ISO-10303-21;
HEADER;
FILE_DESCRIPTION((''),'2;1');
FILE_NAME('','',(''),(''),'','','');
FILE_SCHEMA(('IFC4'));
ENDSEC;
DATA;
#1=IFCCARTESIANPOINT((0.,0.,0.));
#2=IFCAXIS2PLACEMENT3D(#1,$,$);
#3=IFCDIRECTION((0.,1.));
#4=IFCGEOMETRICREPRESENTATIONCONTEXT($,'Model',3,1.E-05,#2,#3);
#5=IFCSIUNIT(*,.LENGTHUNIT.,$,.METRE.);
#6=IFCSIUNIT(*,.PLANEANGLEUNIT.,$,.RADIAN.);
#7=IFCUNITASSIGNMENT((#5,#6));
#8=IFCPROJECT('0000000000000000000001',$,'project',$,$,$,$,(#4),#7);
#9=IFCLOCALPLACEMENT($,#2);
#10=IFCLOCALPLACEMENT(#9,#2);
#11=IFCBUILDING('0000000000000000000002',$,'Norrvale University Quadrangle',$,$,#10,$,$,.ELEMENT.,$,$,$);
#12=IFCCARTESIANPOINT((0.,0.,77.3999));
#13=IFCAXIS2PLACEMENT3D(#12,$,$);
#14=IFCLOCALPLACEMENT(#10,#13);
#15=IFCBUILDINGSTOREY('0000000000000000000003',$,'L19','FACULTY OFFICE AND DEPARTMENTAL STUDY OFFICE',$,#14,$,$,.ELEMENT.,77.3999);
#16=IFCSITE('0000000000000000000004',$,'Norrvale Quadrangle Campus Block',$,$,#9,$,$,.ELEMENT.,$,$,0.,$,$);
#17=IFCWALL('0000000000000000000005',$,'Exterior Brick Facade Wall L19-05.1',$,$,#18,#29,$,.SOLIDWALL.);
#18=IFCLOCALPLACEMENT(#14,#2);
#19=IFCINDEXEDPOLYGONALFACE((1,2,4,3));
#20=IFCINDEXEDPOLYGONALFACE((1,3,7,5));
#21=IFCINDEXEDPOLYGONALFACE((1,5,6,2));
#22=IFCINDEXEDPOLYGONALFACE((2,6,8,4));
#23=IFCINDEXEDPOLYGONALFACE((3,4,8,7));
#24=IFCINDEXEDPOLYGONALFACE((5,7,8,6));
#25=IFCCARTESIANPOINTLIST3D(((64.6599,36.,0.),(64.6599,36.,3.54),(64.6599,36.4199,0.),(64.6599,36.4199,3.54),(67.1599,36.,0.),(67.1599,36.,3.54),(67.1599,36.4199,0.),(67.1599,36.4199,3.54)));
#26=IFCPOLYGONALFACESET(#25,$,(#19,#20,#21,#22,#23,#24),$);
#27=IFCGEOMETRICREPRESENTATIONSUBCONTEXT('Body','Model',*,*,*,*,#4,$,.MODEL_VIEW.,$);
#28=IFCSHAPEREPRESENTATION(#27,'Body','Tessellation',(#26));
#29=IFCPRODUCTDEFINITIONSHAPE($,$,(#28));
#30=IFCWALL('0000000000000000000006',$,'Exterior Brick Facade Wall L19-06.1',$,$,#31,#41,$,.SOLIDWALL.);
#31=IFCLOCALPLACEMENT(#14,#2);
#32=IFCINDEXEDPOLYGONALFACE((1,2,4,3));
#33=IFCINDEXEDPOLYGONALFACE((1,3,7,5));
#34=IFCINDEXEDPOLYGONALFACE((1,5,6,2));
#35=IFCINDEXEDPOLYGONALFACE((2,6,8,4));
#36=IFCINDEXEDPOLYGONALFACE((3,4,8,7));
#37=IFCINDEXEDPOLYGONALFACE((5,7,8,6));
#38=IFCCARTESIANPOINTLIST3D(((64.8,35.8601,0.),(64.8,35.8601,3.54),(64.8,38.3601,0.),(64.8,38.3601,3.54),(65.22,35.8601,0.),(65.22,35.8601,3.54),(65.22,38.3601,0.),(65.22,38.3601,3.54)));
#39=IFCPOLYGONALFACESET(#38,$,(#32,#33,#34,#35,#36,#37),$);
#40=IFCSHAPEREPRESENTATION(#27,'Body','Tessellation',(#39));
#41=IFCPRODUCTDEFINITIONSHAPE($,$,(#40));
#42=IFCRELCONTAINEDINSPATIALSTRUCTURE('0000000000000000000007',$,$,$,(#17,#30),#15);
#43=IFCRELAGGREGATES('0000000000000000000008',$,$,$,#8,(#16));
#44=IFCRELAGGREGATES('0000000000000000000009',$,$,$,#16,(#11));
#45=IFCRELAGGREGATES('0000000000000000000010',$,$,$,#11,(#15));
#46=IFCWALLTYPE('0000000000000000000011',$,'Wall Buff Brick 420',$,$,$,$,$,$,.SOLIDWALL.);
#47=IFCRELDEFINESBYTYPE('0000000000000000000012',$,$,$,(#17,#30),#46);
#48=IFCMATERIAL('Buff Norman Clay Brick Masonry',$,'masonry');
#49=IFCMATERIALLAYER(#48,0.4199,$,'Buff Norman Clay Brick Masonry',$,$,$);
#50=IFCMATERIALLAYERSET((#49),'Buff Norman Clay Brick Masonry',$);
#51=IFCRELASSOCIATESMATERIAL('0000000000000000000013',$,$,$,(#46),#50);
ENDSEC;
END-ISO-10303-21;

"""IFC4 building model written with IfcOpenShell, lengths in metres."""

from ifc_helpers import new_model, si_unit, direction, frame, frame_2d, origin, place, context, subcontext, project, spatial, rectangle, extrude, material, layer, layer_set, type_object, element, save


model = new_model("IFC4")

# Units and contexts
model_context = context("Model", 3, precision=1e-05, world=origin(), true_north=direction((0.0, 1.0)))
body_context = subcontext(model_context, "Body", "Model", "MODEL_VIEW")
ifc_project = project(units=[si_unit("LENGTHUNIT", "METRE"), si_unit("PLANEANGLEUNIT", "RADIAN")], contexts=[model_context])

# Site, building, storey
site_placement = place(None, origin())
site = spatial("IfcSite", under=ifc_project, at=site_placement, Name="Norrvale Quadrangle Campus Block", CompositionType="ELEMENT", RefElevation=0.0)
building_placement = place(site_placement, origin())
building = spatial("IfcBuilding", under=site, at=building_placement, Name="Norrvale University Quadrangle", CompositionType="ELEMENT")
storey_placement = place(building_placement, frame((0.0, 0.0, 77.3999)))
storey = spatial("IfcBuildingStorey", under=building, at=storey_placement, Name="L19", Description="FACULTY OFFICE AND DEPARTMENTAL STUDY OFFICE", CompositionType="ELEMENT", Elevation=77.3999)

# Walls
ifc_material_1 = material(Name="Buff Norman Clay Brick Masonry", Category="masonry")
ifc_layer = layer(ifc_material_1, 0.4199, Name="Buff Norman Clay Brick Masonry")
ifc_layer_set = layer_set([ifc_layer], Name="Buff Norman Clay Brick Masonry")
wall_type = type_object("IfcWallType", Name="Wall Buff Brick 420", PredefinedType="SOLIDWALL", material=ifc_layer_set)
for number, where, z_axis, x_axis, name in (
    (1, (67.1599, 36.21, 0.0), (0.0, 0.0, 1.0), (-1.0, 0.0, 0.0), "Exterior Brick Facade Wall L19-05.1"),
    (2, (65.01, 35.8601, 0.0), (0.0, 0.0, 1.0), (0.0, 1.0, 0.0), "Exterior Brick Facade Wall L19-06.1"),
):
    element("IfcWall", number, at=place(storey_placement, frame(where, z_axis=z_axis, x_axis=x_axis)), inside=storey, type_object=wall_type, Name=name, PredefinedType="SOLIDWALL", context=body_context, shape_type="SweptSolid", body=[
        extrude(rectangle(XDim=2.5, YDim=0.4199, at=frame_2d((1.25, 0.0))), origin(), (0.0, 0.0, 1.0), 3.54),
    ])

save(model, "model.ifc")
